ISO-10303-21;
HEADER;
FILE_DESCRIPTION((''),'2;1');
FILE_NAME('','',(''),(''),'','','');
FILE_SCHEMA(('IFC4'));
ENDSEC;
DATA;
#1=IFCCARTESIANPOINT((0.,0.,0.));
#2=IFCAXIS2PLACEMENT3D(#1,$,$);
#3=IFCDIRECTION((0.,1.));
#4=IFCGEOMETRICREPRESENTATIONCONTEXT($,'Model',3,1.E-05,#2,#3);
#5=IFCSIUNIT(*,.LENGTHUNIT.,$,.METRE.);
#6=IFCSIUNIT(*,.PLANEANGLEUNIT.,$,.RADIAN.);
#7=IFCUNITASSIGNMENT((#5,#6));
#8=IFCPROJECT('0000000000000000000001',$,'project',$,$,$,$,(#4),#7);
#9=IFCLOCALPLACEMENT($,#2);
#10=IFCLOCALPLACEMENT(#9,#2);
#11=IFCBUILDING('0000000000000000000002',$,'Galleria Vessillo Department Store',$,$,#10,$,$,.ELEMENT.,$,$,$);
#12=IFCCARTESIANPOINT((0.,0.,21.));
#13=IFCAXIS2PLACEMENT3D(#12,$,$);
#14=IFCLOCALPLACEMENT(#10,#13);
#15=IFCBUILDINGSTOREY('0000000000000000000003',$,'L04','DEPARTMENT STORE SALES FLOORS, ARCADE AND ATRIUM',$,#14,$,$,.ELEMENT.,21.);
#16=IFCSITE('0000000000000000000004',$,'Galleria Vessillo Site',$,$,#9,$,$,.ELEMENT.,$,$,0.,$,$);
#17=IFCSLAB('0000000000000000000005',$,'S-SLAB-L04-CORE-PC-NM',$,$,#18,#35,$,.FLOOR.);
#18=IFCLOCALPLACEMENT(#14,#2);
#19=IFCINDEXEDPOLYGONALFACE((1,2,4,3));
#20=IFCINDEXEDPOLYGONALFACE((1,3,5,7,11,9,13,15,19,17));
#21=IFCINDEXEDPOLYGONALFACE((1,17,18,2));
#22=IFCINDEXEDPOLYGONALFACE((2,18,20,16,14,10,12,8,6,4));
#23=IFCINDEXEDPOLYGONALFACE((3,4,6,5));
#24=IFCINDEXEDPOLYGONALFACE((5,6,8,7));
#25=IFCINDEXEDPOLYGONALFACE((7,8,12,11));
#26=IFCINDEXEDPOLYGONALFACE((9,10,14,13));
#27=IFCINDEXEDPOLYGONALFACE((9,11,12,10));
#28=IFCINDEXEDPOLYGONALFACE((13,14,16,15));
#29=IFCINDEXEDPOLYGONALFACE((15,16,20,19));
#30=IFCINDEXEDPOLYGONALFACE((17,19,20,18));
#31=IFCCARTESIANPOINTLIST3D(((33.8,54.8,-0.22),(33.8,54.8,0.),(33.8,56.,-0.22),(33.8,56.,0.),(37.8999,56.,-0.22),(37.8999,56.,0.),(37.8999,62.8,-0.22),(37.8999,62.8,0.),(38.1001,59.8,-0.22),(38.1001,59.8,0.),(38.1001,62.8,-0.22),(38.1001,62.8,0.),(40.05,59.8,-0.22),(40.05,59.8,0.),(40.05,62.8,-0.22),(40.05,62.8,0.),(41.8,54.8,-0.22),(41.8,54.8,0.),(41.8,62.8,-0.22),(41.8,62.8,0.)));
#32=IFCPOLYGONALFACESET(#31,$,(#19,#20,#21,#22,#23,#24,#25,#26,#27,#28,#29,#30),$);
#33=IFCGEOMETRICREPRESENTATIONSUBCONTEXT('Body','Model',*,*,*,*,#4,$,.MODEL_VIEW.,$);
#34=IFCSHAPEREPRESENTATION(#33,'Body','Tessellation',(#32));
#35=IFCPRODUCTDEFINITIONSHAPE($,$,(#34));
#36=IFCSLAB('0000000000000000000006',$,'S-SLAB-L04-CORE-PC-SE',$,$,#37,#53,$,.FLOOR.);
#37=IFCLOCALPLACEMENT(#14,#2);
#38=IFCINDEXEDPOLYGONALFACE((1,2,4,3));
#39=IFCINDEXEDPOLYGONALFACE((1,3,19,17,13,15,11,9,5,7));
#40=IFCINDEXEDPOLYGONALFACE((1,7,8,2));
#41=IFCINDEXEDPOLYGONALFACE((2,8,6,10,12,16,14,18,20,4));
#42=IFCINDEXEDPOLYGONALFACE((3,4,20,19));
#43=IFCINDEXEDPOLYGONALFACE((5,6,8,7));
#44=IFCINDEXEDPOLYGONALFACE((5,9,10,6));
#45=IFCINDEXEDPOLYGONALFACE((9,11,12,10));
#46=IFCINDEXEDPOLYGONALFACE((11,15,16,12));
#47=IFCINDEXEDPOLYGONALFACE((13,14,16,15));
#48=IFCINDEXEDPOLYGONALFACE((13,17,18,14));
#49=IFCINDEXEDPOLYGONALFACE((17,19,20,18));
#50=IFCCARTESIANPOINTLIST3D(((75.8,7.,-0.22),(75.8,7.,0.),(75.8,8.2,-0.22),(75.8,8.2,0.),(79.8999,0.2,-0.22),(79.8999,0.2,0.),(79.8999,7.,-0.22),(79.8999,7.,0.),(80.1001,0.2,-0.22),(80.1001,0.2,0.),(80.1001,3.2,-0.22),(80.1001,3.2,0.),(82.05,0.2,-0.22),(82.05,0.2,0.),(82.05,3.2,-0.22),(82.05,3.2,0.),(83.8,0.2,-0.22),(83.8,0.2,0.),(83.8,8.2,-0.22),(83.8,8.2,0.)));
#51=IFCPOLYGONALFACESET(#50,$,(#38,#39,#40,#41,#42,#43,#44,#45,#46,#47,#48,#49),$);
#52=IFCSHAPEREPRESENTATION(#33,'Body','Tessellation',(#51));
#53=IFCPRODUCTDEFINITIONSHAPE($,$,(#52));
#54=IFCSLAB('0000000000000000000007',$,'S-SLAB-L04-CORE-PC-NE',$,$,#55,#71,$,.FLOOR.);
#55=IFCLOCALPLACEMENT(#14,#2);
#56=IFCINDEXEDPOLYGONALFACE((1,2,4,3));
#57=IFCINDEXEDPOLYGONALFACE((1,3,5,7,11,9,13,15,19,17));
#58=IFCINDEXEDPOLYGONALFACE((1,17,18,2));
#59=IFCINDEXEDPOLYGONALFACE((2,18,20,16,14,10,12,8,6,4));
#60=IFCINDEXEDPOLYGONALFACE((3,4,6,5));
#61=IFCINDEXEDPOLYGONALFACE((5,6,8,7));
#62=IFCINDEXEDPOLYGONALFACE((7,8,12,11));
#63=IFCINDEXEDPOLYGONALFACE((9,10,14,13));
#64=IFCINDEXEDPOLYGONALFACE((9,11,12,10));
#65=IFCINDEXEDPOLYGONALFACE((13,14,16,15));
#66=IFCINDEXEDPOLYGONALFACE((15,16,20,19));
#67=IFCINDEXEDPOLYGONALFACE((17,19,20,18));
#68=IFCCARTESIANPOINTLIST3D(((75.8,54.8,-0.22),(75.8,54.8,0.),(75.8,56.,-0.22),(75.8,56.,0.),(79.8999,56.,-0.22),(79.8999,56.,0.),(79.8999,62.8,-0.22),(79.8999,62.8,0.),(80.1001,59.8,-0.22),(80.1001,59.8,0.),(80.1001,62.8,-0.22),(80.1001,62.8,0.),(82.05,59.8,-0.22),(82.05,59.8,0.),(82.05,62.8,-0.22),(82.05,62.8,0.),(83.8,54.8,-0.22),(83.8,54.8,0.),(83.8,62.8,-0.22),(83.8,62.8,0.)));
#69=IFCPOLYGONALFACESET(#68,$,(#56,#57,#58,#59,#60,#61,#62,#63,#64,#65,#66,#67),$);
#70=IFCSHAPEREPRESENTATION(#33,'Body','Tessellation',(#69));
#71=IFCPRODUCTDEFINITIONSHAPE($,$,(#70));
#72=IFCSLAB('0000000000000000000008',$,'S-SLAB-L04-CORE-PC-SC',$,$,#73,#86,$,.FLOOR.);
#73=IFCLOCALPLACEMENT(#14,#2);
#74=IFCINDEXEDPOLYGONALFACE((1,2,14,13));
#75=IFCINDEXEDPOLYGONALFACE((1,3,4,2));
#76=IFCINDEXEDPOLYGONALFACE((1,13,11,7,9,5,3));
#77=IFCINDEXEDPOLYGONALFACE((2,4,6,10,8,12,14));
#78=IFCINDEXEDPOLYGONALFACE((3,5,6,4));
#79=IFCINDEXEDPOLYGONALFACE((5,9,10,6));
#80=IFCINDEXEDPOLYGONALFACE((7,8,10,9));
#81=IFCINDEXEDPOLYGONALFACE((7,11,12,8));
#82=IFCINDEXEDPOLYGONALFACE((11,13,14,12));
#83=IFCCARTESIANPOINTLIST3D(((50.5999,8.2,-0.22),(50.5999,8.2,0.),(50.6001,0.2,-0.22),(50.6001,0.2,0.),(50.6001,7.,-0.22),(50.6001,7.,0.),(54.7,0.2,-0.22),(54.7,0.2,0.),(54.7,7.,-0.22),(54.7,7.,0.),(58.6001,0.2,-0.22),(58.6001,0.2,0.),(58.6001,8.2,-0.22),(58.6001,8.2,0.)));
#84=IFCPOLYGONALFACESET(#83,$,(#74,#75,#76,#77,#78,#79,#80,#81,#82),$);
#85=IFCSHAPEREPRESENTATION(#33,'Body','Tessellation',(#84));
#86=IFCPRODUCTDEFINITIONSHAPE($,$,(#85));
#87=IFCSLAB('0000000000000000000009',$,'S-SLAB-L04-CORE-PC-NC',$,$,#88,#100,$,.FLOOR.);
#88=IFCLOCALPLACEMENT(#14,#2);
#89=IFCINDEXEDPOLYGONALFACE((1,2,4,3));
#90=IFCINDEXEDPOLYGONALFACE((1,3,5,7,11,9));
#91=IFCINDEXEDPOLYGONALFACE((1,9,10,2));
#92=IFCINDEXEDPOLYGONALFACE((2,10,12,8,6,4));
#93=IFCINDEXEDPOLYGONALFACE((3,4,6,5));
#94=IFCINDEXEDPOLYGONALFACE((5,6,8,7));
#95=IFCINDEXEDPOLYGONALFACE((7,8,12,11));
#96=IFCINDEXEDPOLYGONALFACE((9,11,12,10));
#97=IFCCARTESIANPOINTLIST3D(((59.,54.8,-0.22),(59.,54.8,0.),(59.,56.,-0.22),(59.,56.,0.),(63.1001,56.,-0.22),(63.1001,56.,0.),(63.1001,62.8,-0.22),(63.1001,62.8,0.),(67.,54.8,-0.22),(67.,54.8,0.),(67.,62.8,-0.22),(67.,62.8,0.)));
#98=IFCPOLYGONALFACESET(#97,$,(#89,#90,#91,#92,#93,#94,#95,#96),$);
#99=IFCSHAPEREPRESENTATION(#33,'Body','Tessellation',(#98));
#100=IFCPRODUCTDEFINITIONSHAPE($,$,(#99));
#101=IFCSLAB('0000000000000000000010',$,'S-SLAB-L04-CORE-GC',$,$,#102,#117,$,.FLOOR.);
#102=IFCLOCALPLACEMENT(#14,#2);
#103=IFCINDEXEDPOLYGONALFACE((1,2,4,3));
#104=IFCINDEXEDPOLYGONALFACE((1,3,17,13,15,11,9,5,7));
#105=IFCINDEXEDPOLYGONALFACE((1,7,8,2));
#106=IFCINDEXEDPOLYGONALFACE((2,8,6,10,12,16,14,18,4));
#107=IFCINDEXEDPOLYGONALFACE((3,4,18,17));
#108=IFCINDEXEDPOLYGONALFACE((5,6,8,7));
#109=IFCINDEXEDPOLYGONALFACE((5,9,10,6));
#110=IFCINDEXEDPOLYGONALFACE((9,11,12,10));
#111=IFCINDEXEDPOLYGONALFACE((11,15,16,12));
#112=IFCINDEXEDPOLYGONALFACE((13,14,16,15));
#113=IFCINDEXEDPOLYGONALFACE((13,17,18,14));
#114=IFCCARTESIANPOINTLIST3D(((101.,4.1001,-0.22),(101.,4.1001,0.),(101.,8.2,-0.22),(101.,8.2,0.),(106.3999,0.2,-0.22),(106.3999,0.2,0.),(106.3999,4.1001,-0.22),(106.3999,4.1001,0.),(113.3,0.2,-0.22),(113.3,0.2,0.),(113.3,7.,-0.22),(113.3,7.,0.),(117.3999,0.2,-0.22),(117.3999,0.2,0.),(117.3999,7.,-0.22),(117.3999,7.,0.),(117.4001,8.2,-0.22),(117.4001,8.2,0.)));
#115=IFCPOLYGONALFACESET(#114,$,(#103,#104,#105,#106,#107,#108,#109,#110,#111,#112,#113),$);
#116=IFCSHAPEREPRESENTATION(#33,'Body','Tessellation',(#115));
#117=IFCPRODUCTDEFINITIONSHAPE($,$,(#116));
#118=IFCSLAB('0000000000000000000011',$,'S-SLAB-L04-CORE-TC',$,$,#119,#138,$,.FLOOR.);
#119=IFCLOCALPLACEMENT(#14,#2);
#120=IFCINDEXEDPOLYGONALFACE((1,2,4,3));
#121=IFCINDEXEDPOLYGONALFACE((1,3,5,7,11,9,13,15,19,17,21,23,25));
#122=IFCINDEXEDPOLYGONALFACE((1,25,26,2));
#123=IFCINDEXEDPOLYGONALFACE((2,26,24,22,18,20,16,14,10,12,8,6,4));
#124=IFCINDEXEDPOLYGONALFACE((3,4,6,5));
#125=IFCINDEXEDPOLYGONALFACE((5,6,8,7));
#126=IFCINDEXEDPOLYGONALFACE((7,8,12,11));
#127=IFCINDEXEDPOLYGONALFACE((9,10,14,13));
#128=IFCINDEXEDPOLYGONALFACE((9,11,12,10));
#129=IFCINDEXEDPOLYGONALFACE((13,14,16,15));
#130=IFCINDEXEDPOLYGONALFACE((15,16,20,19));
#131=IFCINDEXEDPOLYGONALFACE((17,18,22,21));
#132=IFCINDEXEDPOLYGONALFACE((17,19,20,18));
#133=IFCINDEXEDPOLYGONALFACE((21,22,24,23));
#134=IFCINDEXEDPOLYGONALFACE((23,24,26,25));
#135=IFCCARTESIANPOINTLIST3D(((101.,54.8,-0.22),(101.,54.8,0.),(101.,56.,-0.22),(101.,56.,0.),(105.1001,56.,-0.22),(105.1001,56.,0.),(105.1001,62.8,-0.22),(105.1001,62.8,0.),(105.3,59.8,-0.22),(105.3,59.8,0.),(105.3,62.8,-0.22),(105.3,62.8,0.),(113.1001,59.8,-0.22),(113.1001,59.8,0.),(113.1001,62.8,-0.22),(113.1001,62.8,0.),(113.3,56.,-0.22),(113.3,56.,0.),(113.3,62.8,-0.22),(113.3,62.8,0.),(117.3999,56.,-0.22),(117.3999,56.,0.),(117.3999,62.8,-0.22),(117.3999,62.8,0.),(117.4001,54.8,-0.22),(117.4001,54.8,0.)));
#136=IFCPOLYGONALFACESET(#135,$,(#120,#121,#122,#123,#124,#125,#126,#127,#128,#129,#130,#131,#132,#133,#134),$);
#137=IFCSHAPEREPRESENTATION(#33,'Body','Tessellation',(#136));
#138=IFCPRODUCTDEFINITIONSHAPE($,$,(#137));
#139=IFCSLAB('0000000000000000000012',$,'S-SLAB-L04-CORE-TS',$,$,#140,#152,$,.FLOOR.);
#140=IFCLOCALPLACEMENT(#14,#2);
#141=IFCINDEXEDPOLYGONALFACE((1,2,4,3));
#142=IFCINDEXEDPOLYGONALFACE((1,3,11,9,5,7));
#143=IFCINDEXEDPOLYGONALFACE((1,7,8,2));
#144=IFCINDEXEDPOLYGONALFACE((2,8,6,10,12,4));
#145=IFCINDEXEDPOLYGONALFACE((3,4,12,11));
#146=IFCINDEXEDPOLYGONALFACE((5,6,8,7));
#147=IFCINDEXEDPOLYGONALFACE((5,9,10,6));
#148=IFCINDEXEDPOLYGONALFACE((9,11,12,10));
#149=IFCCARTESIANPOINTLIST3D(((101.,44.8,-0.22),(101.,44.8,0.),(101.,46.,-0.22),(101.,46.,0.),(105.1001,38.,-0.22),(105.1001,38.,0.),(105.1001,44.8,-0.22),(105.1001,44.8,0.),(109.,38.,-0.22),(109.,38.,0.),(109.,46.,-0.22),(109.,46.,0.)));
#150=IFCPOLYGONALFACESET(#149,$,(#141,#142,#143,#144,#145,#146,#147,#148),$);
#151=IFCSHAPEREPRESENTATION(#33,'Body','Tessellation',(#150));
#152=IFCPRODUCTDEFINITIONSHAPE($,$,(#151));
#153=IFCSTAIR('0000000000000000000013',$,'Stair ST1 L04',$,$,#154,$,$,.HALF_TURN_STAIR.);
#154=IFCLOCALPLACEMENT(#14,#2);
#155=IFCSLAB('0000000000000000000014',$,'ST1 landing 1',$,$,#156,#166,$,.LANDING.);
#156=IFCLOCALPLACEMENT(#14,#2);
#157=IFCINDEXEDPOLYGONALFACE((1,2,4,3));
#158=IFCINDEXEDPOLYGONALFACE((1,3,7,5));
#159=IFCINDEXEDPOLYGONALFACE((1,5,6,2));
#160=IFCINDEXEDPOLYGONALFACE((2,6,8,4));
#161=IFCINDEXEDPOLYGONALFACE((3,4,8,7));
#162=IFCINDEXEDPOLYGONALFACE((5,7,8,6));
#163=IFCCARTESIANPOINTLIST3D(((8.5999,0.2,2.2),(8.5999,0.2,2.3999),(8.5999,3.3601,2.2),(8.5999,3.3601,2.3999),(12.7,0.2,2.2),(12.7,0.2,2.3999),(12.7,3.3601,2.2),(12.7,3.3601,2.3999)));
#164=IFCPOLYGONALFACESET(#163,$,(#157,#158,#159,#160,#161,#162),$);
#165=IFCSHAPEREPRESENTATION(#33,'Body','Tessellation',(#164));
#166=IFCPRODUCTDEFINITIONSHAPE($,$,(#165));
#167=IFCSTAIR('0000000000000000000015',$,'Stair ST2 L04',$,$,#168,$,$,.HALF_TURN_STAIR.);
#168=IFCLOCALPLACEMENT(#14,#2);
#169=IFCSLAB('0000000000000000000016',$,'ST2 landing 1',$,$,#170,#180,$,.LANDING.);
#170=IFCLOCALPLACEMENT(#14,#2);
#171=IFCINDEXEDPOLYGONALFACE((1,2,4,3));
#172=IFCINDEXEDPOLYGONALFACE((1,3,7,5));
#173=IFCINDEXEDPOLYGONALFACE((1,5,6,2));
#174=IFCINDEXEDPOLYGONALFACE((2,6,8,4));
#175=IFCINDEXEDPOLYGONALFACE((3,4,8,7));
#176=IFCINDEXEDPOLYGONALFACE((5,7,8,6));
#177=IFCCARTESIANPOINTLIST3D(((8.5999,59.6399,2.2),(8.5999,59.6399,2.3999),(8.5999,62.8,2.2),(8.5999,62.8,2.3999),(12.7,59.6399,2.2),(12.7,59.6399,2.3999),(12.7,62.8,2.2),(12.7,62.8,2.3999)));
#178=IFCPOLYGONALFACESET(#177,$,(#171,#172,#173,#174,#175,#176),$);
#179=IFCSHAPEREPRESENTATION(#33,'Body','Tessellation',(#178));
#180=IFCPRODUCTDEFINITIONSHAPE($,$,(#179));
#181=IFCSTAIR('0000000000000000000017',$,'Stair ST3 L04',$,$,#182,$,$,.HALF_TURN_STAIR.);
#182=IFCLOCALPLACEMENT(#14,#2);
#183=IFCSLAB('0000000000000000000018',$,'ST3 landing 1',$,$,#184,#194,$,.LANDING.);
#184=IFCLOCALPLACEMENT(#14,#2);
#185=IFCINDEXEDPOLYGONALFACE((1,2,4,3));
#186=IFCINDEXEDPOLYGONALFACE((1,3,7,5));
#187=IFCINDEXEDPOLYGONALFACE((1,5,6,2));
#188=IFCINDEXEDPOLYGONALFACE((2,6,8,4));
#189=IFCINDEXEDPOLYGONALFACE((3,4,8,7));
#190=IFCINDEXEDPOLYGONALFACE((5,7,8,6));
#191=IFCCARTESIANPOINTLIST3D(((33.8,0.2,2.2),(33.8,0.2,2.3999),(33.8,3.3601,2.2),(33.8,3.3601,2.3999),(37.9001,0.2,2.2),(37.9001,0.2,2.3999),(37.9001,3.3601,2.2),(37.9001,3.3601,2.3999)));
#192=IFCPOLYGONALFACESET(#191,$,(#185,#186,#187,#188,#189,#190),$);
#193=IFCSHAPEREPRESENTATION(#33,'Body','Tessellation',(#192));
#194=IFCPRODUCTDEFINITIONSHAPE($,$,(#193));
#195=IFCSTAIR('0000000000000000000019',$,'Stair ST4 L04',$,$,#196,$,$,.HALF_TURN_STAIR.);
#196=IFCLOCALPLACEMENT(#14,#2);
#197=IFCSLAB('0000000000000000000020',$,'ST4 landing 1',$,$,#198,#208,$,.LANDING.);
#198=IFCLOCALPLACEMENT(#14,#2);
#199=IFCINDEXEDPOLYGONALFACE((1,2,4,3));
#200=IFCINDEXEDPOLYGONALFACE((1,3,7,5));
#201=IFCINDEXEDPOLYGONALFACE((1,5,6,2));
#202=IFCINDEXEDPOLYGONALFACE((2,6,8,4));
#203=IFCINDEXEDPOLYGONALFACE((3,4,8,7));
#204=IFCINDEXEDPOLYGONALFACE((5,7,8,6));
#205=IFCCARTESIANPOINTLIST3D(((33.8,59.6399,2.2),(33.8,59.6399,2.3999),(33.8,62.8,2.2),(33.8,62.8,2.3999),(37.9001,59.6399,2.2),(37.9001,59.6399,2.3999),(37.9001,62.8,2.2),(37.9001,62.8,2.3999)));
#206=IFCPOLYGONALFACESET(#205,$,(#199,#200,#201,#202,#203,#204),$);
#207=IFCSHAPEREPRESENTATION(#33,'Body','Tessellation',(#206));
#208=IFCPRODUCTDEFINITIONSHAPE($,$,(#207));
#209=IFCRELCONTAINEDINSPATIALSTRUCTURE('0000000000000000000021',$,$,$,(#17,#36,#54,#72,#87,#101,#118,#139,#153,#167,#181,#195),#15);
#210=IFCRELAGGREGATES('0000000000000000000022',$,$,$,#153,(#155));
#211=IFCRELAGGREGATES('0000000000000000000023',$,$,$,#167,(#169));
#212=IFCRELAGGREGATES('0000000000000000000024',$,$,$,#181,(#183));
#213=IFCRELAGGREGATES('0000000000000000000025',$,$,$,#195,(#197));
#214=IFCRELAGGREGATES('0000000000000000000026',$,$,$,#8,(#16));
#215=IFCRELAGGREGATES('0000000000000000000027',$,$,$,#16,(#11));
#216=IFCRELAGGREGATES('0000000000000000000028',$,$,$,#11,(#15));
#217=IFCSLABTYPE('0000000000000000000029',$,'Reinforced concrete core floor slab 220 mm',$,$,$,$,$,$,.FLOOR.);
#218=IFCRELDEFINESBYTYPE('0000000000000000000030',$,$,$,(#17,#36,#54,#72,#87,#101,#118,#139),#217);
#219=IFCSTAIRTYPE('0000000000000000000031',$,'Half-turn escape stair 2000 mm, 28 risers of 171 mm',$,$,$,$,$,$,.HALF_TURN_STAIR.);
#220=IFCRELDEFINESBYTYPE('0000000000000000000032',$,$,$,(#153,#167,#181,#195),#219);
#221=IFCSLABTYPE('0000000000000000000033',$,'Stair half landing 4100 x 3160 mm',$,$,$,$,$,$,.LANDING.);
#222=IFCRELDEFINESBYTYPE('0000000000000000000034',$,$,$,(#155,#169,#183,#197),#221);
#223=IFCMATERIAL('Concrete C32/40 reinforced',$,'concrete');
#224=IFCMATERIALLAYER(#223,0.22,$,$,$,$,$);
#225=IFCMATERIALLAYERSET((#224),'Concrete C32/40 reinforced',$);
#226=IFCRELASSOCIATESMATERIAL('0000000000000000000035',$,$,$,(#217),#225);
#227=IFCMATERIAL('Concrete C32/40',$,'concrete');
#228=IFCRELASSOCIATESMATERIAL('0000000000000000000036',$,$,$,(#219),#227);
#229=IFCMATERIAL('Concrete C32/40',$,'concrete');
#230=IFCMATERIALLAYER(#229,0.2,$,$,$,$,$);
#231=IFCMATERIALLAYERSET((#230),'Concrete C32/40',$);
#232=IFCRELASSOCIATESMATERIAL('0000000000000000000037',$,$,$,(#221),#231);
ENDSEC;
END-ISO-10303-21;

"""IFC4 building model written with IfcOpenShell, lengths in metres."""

from ifc_helpers import new_model, si_unit, direction, frame, origin, place, context, subcontext, project, spatial, polyline, outline, extrude, material, layer, layer_set, type_object, element, aggregate, save


model = new_model("IFC4")

# Units and contexts
model_context = context("Model", 3, precision=1e-05, world=origin(), true_north=direction((0.0, 1.0)))
body_context = subcontext(model_context, "Body", "Model", "MODEL_VIEW")
ifc_project = project(units=[si_unit("LENGTHUNIT", "METRE"), si_unit("PLANEANGLEUNIT", "RADIAN")], contexts=[model_context])

# Site, building, storey
site_placement = place(None, origin())
site = spatial("IfcSite", under=ifc_project, at=site_placement, Name="Galleria Vessillo Site", CompositionType="ELEMENT", RefElevation=0.0)
building_placement = place(site_placement, origin())
building = spatial("IfcBuilding", under=site, at=building_placement, Name="Galleria Vessillo Department Store", CompositionType="ELEMENT")
storey_placement = place(building_placement, frame((0.0, 0.0, 21.0)))
storey = spatial("IfcBuildingStorey", under=building, at=storey_placement, Name="L04", Description="DEPARTMENT STORE SALES FLOORS, ARCADE AND ATRIUM", CompositionType="ELEMENT", Elevation=21.0)

# Slabs
ifc_material_1 = material(Name="Concrete C32/40 reinforced", Category="concrete")
ifc_layer_1 = layer(ifc_material_1, 0.22)
ifc_layer_set_1 = layer_set([ifc_layer_1], Name="Concrete C32/40 reinforced")
slab_type_1 = type_object("IfcSlabType", Name="Reinforced concrete core floor slab 220 mm", PredefinedType="FLOOR", material=ifc_layer_set_1)
slab_1_placement = place(storey_placement, frame((0.0, 0.0, -0.22)))
element("IfcSlab", 1, at=slab_1_placement, inside=storey, type_object=slab_type_1, Name="S-SLAB-L04-CORE-PC-NM", PredefinedType="FLOOR", context=body_context, shape_type="SweptSolid", body=[
    extrude(outline(polyline([(41.8, 62.8), (41.8, 54.8), (33.8, 54.8), (33.8, 56.0), (37.8999, 56.0), (37.8999, 62.8), (38.1001, 62.8), (38.1001, 59.8), (40.05, 59.8), (40.05, 62.8), (41.8, 62.8)])), origin(), (0.0, 0.0, 1.0), 0.22),
])
slab_2_placement = place(storey_placement, frame((0.0, 0.0, -0.22)))
element("IfcSlab", 2, at=slab_2_placement, inside=storey, type_object=slab_type_1, Name="S-SLAB-L04-CORE-PC-SE", PredefinedType="FLOOR", context=body_context, shape_type="SweptSolid", body=[
    extrude(outline(polyline([(75.8, 8.2), (83.8, 8.2), (83.8, 0.2), (82.05, 0.2), (82.05, 3.2), (80.1001, 3.2), (80.1001, 0.2), (79.8999, 0.2), (79.8999, 7.0), (75.8, 7.0), (75.8, 8.2)])), origin(), (0.0, 0.0, 1.0), 0.22),
])
slab_3_placement = place(storey_placement, frame((0.0, 0.0, -0.22)))
element("IfcSlab", 3, at=slab_3_placement, inside=storey, type_object=slab_type_1, Name="S-SLAB-L04-CORE-PC-NE", PredefinedType="FLOOR", context=body_context, shape_type="SweptSolid", body=[
    extrude(outline(polyline([(83.8, 62.8), (83.8, 54.8), (75.8, 54.8), (75.8, 56.0), (79.8999, 56.0), (79.8999, 62.8), (80.1001, 62.8), (80.1001, 59.8), (82.05, 59.8), (82.05, 62.8), (83.8, 62.8)])), origin(), (0.0, 0.0, 1.0), 0.22),
])
slab_4_placement = place(storey_placement, frame((0.0, 0.0, -0.22)))
element("IfcSlab", 4, at=slab_4_placement, inside=storey, type_object=slab_type_1, Name="S-SLAB-L04-CORE-PC-SC", PredefinedType="FLOOR", context=body_context, shape_type="SweptSolid", body=[
    extrude(outline(polyline([(50.5999, 8.2), (58.6001, 8.2), (58.6001, 0.2), (54.7, 0.2), (54.7, 7.0), (50.6001, 7.0), (50.6001, 0.2), (50.5999, 8.2)])), origin(), (0.0, 0.0, 1.0), 0.22),
])
slab_5_placement = place(storey_placement, frame((0.0, 0.0, -0.22)))
element("IfcSlab", 5, at=slab_5_placement, inside=storey, type_object=slab_type_1, Name="S-SLAB-L04-CORE-PC-NC", PredefinedType="FLOOR", context=body_context, shape_type="SweptSolid", body=[
    extrude(outline(polyline([(67.0, 62.8), (67.0, 54.8), (59.0, 54.8), (59.0, 56.0), (63.1001, 56.0), (63.1001, 62.8), (67.0, 62.8)])), origin(), (0.0, 0.0, 1.0), 0.22),
])
slab_6_placement = place(storey_placement, frame((0.0, 0.0, -0.22)))
element("IfcSlab", 6, at=slab_6_placement, inside=storey, type_object=slab_type_1, Name="S-SLAB-L04-CORE-GC", PredefinedType="FLOOR", context=body_context, shape_type="SweptSolid", body=[
    extrude(outline(polyline([(101.0, 8.2), (117.4001, 8.2), (117.3999, 0.2), (117.3999, 7.0), (113.3, 7.0), (113.3, 0.2), (106.3999, 0.2), (106.3999, 4.1001), (101.0, 4.1001), (101.0, 8.2)])), origin(), (0.0, 0.0, 1.0), 0.22),
])
slab_7_placement = place(storey_placement, frame((0.0, 0.0, -0.22)))
element("IfcSlab", 7, at=slab_7_placement, inside=storey, type_object=slab_type_1, Name="S-SLAB-L04-CORE-TC", PredefinedType="FLOOR", context=body_context, shape_type="SweptSolid", body=[
    extrude(outline(polyline([(117.4001, 54.8), (101.0, 54.8), (101.0, 56.0), (105.1001, 56.0), (105.1001, 62.8), (105.3, 62.8), (105.3, 59.8), (113.1001, 59.8), (113.1001, 62.8), (113.3, 62.8), (113.3, 56.0), (117.3999, 56.0), (117.3999, 62.8), (117.4001, 54.8)])), origin(), (0.0, 0.0, 1.0), 0.22),
])
slab_8_placement = place(storey_placement, frame((0.0, 0.0, -0.22)))
element("IfcSlab", 8, at=slab_8_placement, inside=storey, type_object=slab_type_1, Name="S-SLAB-L04-CORE-TS", PredefinedType="FLOOR", context=body_context, shape_type="SweptSolid", body=[
    extrude(outline(polyline([(101.0, 46.0), (109.0, 46.0), (109.0, 38.0), (105.1001, 38.0), (105.1001, 44.8), (101.0, 44.8), (101.0, 46.0)])), origin(), (0.0, 0.0, 1.0), 0.22),
])

# Stairs, slabs
ifc_material_2 = material(Name="Concrete C32/40", Category="concrete")
stair_type = type_object("IfcStairType", Name="Half-turn escape stair 2000 mm, 28 risers of 171 mm", PredefinedType="HALF_TURN_STAIR", material=ifc_material_2)
stair_1_placement = place(storey_placement, origin())
stair_1 = element("IfcStair", 9, at=stair_1_placement, inside=storey, type_object=stair_type, Name="Stair ST1 L04", PredefinedType="HALF_TURN_STAIR")
ifc_material_3 = material(Name="Concrete C32/40", Category="concrete")
ifc_layer_2 = layer(ifc_material_3, 0.2)
ifc_layer_set_2 = layer_set([ifc_layer_2], Name="Concrete C32/40")
slab_type_2 = type_object("IfcSlabType", Name="Stair half landing 4100 x 3160 mm", PredefinedType="LANDING", material=ifc_layer_set_2)
slab_9_placement = place(storey_placement, frame((0.0, 0.0, 2.2)))
slab_9 = element("IfcSlab", 10, at=slab_9_placement, type_object=slab_type_2, Name="ST1 landing 1", PredefinedType="LANDING", context=body_context, shape_type="SweptSolid", body=[
    extrude(outline(polyline([(8.5999, 0.2), (8.5999, 3.3601), (12.7, 3.3601), (12.7, 0.2), (8.5999, 0.2)])), origin(), (0.0, 0.0, 1.0), 0.2),
])
aggregate(stair_1, [slab_9])
stair_2_placement = place(storey_placement, origin())
stair_2 = element("IfcStair", 11, at=stair_2_placement, inside=storey, type_object=stair_type, Name="Stair ST2 L04", PredefinedType="HALF_TURN_STAIR")
slab_10_placement = place(storey_placement, frame((0.0, 0.0, 2.2)))
slab_10 = element("IfcSlab", 12, at=slab_10_placement, type_object=slab_type_2, Name="ST2 landing 1", PredefinedType="LANDING", context=body_context, shape_type="SweptSolid", body=[
    extrude(outline(polyline([(8.5999, 59.6399), (8.5999, 62.8), (12.7, 62.8), (12.7, 59.6399), (8.5999, 59.6399)])), origin(), (0.0, 0.0, 1.0), 0.2),
])
aggregate(stair_2, [slab_10])
stair_3_placement = place(storey_placement, origin())
stair_3 = element("IfcStair", 13, at=stair_3_placement, inside=storey, type_object=stair_type, Name="Stair ST3 L04", PredefinedType="HALF_TURN_STAIR")
slab_11_placement = place(storey_placement, frame((0.0, 0.0, 2.2)))
slab_11 = element("IfcSlab", 14, at=slab_11_placement, type_object=slab_type_2, Name="ST3 landing 1", PredefinedType="LANDING", context=body_context, shape_type="SweptSolid", body=[
    extrude(outline(polyline([(33.8, 0.2), (33.8, 3.3601), (37.9001, 3.3601), (37.9001, 0.2), (33.8, 0.2)])), origin(), (0.0, 0.0, 1.0), 0.2),
])
aggregate(stair_3, [slab_11])
stair_4_placement = place(storey_placement, origin())
stair_4 = element("IfcStair", 15, at=stair_4_placement, inside=storey, type_object=stair_type, Name="Stair ST4 L04", PredefinedType="HALF_TURN_STAIR")
slab_12_placement = place(storey_placement, frame((0.0, 0.0, 2.2)))
slab_12 = element("IfcSlab", 16, at=slab_12_placement, type_object=slab_type_2, Name="ST4 landing 1", PredefinedType="LANDING", context=body_context, shape_type="SweptSolid", body=[
    extrude(outline(polyline([(33.8, 59.6399), (33.8, 62.8), (37.9001, 62.8), (37.9001, 59.6399), (33.8, 59.6399)])), origin(), (0.0, 0.0, 1.0), 0.2),
])
aggregate(stair_4, [slab_12])

save(model, "model.ifc")
